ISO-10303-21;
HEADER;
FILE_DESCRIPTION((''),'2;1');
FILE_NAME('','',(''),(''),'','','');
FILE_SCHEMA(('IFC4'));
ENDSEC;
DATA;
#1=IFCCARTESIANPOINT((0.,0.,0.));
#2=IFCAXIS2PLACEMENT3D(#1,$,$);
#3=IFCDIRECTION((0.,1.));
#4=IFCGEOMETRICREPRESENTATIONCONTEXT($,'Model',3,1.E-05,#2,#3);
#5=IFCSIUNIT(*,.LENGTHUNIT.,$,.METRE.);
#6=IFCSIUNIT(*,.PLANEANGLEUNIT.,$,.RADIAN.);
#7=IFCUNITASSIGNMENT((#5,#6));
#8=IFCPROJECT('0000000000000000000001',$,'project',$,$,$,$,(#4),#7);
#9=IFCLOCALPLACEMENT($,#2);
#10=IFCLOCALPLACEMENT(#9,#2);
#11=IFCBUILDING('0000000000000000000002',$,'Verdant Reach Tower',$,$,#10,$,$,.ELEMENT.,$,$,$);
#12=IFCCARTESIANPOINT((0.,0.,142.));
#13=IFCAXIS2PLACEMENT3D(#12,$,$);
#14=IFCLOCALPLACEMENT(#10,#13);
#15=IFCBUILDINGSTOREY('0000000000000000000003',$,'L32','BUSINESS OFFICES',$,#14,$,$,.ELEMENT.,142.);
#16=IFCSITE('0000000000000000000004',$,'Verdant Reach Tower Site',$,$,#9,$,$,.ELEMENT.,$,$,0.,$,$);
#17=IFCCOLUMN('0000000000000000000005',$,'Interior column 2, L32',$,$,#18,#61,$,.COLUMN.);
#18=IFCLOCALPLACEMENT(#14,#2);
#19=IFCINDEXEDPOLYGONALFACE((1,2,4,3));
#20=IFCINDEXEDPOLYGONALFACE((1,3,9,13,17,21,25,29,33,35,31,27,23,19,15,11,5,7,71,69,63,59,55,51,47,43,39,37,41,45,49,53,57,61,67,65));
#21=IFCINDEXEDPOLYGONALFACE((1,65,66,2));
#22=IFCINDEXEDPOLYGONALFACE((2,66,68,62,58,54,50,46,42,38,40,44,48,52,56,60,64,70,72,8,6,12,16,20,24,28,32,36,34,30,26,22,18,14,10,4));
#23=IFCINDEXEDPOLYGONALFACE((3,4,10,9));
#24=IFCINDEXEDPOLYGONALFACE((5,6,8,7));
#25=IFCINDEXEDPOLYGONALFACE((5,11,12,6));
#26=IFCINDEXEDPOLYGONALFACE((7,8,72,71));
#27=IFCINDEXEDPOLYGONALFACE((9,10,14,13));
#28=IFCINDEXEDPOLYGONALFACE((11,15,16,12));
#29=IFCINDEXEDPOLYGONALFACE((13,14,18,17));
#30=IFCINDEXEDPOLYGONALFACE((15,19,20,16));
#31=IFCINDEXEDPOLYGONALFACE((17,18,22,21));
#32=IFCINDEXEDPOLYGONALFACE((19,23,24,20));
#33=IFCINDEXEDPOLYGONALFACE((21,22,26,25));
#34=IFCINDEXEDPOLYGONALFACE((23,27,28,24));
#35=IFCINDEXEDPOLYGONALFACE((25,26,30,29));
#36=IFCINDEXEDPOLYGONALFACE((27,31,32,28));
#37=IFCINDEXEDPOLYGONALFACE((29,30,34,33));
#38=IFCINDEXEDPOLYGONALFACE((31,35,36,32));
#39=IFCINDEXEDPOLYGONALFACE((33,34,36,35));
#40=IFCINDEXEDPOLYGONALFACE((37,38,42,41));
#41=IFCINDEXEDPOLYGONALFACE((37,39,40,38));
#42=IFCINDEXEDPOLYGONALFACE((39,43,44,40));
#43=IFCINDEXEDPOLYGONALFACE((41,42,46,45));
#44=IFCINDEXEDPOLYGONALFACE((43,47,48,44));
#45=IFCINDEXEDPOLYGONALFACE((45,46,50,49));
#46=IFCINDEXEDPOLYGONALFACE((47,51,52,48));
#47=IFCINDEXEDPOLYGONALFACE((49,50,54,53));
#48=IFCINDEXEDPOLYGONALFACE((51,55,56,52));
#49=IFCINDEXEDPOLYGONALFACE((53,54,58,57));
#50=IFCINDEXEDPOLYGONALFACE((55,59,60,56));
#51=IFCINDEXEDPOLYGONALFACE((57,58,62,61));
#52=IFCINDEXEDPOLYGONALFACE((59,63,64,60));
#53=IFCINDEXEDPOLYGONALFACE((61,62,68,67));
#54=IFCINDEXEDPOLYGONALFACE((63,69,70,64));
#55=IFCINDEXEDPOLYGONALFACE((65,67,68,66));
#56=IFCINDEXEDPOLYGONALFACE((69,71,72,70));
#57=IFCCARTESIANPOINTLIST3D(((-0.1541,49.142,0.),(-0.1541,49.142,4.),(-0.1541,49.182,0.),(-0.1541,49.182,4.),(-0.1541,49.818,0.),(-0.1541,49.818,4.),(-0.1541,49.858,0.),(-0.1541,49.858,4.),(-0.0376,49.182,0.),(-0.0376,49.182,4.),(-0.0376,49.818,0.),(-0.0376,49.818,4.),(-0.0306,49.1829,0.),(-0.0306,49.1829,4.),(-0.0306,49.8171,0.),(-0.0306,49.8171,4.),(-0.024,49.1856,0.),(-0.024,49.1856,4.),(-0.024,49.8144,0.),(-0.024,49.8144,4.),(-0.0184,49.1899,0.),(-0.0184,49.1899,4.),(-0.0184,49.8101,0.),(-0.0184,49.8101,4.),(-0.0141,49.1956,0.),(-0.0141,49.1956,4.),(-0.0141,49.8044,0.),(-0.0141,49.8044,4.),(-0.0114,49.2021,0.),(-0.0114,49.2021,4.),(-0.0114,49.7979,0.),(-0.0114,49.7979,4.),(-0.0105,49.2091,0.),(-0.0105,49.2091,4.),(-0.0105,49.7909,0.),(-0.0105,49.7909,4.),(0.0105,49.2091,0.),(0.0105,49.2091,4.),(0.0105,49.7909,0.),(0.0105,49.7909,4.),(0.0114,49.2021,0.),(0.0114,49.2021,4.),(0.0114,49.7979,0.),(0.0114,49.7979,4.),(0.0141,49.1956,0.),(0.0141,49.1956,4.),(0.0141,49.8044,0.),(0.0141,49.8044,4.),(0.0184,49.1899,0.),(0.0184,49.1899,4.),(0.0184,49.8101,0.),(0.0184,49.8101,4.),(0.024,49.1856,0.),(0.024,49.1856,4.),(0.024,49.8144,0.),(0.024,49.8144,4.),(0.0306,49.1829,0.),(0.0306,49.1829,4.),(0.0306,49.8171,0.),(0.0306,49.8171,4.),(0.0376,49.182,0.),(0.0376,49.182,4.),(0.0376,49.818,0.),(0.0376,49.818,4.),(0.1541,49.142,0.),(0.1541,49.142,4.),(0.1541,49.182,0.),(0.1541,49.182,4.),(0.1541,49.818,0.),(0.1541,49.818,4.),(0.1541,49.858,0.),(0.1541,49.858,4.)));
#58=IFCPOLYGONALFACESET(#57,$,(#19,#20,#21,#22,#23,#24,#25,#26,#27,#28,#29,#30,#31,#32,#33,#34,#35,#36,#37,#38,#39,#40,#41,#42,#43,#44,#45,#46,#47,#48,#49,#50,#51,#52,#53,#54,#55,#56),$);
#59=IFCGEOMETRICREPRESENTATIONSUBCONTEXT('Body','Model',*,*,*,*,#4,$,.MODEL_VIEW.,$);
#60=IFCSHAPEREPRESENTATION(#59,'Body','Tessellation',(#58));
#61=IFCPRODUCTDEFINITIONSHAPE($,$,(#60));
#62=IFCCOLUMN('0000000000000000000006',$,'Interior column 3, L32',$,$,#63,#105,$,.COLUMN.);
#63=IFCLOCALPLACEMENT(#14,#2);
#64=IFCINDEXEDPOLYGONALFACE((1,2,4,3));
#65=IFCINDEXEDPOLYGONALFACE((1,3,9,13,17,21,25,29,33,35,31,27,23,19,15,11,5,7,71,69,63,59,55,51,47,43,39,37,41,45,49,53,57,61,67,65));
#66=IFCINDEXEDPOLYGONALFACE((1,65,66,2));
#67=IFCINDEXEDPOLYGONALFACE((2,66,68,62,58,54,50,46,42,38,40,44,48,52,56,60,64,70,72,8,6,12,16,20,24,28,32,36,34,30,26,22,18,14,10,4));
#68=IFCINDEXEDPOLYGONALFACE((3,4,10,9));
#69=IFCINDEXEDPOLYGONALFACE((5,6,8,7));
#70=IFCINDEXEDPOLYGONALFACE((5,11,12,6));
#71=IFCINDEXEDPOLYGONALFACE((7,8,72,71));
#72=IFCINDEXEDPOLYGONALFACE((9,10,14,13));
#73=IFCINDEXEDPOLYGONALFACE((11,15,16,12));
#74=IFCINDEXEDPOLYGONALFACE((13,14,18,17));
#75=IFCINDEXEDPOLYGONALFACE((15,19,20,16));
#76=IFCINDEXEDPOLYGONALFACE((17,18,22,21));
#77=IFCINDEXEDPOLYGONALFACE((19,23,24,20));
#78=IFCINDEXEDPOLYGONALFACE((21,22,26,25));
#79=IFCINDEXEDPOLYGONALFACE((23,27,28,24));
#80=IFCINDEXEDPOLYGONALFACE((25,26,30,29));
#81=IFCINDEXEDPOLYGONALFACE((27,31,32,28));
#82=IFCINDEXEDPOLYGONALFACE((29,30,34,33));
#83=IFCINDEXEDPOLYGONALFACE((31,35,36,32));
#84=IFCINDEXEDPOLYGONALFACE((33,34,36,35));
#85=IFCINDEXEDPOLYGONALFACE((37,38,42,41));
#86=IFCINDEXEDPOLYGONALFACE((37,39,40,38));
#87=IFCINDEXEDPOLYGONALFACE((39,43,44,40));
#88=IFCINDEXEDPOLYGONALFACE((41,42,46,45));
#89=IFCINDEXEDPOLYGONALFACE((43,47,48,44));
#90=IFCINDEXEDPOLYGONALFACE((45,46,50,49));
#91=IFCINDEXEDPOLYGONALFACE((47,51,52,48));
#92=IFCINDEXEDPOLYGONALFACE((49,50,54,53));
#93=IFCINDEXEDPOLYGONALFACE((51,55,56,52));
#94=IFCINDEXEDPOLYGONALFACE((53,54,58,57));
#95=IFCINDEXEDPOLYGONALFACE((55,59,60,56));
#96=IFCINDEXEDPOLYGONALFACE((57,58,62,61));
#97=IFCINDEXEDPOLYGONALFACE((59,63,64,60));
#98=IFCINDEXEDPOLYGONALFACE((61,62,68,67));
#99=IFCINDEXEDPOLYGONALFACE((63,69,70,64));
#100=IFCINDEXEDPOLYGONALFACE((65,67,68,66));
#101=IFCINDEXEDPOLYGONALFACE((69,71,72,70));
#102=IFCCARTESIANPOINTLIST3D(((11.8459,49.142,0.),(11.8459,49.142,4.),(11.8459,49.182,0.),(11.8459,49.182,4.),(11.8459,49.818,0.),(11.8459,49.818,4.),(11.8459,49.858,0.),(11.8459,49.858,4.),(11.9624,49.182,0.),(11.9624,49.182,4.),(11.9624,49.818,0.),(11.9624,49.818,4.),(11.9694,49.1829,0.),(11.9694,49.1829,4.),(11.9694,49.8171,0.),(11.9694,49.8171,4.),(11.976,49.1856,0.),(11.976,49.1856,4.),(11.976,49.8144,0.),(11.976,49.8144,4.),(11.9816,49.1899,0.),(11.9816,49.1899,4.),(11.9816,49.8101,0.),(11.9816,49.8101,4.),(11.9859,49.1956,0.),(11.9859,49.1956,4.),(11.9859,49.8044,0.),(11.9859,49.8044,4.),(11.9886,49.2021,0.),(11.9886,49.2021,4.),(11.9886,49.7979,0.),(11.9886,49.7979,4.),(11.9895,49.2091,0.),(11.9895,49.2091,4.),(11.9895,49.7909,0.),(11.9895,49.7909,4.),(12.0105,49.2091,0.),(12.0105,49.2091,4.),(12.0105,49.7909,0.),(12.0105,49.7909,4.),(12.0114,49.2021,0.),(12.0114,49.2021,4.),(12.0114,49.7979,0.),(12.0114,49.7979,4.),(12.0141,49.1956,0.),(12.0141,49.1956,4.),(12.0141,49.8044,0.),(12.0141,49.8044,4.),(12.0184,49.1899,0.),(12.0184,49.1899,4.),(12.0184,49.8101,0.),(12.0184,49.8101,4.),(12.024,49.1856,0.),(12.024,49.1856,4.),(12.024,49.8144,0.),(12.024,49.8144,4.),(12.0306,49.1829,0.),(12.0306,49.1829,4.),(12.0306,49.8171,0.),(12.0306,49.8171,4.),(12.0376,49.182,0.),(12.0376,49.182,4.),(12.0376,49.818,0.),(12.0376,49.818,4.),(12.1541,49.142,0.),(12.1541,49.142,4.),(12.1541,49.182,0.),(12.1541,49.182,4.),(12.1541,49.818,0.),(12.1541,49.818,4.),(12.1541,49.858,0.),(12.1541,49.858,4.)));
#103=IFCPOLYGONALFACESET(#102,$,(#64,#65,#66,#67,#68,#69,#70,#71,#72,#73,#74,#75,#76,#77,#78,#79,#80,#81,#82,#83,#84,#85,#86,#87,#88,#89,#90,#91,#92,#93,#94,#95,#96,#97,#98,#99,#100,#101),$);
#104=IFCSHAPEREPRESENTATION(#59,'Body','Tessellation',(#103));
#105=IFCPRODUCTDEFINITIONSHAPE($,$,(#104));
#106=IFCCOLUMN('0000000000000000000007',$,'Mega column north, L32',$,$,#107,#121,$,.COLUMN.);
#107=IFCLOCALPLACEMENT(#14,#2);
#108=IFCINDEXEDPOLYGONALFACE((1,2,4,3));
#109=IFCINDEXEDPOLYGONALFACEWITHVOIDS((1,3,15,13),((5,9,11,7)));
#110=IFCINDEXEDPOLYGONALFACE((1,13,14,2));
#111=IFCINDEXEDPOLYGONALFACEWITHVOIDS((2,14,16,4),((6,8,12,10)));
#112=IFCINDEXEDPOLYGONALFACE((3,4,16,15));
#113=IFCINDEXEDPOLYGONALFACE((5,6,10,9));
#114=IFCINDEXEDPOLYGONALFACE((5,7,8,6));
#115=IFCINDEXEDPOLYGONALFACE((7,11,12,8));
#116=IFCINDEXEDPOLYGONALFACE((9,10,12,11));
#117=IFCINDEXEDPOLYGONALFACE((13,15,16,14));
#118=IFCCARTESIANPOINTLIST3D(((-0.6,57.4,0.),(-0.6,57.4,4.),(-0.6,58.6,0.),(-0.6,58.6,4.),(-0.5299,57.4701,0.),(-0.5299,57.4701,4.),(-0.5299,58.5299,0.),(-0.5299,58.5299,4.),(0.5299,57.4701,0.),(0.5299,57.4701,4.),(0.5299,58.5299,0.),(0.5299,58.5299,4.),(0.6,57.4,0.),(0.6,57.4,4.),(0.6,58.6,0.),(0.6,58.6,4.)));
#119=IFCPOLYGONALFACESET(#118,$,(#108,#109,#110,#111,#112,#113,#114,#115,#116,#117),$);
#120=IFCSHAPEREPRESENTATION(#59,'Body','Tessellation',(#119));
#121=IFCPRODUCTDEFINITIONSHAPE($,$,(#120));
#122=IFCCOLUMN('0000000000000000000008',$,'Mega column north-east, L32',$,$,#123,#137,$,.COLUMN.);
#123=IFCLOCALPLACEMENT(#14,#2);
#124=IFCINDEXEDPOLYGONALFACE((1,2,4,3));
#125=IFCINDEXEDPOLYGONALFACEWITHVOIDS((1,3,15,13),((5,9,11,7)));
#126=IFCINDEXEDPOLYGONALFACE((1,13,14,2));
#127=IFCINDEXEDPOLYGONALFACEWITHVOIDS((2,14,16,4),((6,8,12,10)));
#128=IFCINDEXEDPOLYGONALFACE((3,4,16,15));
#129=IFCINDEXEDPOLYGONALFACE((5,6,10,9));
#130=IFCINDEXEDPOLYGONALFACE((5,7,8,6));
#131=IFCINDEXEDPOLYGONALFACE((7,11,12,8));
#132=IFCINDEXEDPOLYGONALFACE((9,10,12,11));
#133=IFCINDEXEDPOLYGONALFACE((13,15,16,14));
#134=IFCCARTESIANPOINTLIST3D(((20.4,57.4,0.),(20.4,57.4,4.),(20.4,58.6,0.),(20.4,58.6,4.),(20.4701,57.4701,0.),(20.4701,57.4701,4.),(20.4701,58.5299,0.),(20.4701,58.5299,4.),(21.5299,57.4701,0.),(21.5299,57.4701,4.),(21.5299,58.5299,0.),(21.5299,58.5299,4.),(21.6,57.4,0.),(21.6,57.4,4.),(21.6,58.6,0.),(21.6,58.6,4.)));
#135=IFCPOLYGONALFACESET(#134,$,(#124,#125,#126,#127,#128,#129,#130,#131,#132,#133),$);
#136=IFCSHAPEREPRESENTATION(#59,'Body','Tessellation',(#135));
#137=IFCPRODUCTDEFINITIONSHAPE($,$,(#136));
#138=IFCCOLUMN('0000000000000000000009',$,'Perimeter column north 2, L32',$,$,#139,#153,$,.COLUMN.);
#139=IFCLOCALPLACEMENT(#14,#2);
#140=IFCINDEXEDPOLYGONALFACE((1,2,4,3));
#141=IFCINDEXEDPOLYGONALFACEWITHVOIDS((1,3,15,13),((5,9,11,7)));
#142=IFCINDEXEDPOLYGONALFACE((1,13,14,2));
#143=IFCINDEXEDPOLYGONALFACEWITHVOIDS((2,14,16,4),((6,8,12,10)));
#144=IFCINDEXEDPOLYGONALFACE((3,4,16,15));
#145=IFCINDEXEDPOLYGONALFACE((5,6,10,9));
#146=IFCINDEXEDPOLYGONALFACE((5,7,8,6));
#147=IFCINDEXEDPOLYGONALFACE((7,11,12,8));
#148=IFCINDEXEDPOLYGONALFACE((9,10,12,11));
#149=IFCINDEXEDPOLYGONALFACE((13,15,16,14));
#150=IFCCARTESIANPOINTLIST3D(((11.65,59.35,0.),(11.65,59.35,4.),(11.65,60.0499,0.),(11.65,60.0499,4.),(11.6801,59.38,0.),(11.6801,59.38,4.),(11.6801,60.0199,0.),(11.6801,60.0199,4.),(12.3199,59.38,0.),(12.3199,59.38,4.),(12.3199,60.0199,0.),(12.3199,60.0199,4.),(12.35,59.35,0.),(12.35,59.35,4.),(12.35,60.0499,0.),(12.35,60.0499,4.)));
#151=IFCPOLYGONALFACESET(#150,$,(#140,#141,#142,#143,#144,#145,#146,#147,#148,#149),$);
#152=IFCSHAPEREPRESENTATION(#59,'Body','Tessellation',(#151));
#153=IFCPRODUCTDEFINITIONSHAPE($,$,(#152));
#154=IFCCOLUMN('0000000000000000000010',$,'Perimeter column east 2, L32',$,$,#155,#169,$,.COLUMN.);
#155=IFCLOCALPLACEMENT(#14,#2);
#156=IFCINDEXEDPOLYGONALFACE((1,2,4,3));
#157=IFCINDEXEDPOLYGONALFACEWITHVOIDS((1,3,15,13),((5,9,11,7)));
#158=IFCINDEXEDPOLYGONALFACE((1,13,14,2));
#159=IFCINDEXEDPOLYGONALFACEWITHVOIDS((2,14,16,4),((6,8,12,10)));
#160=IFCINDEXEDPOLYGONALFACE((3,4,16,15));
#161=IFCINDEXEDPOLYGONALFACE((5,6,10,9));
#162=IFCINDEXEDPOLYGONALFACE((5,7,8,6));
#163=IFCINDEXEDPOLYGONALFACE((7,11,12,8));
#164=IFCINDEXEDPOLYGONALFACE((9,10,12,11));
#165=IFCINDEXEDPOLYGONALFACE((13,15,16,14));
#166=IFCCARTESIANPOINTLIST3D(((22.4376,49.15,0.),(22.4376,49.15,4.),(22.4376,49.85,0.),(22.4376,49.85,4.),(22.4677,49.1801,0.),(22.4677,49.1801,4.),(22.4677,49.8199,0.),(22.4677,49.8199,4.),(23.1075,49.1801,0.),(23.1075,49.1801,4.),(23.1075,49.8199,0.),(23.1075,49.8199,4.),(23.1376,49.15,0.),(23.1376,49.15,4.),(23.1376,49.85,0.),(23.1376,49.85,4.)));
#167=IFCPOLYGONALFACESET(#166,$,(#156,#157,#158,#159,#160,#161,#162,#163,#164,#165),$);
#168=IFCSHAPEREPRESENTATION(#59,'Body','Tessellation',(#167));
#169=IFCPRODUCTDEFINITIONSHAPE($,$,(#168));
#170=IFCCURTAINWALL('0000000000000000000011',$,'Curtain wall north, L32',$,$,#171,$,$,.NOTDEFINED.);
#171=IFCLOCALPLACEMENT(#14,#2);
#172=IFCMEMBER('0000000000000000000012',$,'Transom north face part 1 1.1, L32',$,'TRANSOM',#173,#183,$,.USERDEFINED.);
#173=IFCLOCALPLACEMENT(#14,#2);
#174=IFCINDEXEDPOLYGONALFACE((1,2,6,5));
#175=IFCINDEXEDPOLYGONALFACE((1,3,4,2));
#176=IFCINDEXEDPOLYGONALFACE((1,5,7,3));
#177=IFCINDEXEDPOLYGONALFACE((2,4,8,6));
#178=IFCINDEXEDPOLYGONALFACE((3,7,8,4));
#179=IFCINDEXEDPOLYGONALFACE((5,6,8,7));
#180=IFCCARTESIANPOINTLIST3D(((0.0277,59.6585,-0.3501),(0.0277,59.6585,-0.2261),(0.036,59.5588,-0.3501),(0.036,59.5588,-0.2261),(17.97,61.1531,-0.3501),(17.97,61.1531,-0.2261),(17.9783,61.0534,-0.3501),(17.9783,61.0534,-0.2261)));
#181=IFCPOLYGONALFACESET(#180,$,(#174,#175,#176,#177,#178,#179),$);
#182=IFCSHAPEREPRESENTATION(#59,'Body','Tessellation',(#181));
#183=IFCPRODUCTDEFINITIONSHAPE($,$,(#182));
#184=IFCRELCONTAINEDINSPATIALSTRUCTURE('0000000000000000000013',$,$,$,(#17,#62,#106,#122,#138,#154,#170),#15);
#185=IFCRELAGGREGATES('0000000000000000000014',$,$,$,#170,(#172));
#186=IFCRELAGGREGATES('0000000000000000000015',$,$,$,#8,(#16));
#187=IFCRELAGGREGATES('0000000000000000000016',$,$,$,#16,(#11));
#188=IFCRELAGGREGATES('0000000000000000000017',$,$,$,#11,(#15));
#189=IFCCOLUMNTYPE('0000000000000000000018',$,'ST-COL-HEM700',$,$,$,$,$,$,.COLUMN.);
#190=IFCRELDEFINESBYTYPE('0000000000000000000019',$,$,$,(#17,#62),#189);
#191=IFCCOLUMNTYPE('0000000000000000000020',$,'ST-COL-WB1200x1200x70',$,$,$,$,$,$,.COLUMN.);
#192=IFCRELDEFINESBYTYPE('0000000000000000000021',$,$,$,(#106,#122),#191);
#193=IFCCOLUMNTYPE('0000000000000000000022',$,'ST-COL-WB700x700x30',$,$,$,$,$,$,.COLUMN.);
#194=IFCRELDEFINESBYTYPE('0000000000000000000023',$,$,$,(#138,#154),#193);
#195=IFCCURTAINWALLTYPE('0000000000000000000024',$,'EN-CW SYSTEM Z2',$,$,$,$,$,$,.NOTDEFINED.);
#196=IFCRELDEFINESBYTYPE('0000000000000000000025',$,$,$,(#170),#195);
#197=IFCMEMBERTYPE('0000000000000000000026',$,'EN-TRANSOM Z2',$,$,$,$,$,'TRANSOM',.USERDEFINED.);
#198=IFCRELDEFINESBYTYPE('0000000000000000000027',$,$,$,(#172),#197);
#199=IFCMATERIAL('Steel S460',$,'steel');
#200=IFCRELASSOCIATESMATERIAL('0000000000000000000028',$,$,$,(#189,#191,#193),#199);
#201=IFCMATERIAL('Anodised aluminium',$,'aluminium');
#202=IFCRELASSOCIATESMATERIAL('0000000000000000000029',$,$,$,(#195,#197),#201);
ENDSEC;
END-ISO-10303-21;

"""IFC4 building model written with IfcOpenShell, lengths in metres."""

from ifc_helpers import new_model, si_unit, direction, frame, origin, origin_2d, place, context, subcontext, project, spatial, rectangle, hollow_rectangle, i_section, extrude, material, material_profile, profile_set, type_object, element, aggregate, save


model = new_model("IFC4")

# Units and contexts
model_context = context("Model", 3, precision=1e-05, world=origin(), true_north=direction((0.0, 1.0)))
body_context = subcontext(model_context, "Body", "Model", "MODEL_VIEW")
ifc_project = project(units=[si_unit("LENGTHUNIT", "METRE"), si_unit("PLANEANGLEUNIT", "RADIAN")], contexts=[model_context])

# Site, building, storey
site_placement = place(None, origin())
site = spatial("IfcSite", under=ifc_project, at=site_placement, Name="Verdant Reach Tower Site", CompositionType="ELEMENT", RefElevation=0.0)
building_placement = place(site_placement, origin())
building = spatial("IfcBuilding", under=site, at=building_placement, Name="Verdant Reach Tower", CompositionType="ELEMENT")
storey_placement = place(building_placement, frame((0.0, 0.0, 142.0)))
storey = spatial("IfcBuildingStorey", under=building, at=storey_placement, Name="L32", Description="BUSINESS OFFICES", CompositionType="ELEMENT", Elevation=142.0)

# Columns
ifc_material_1 = material(Name="Steel S460", Category="steel")
ifc_material_profile_1 = material_profile(ifc_material_1, i_section(OverallWidth=0.3081, OverallDepth=0.7161, WebThickness=0.021, FlangeThickness=0.04, FilletRadius=0.0271, at=origin_2d()), Name="HEM 700")
ifc_profile_set_1 = profile_set([ifc_material_profile_1], Name="Steel S460")
column_type_1 = type_object("IfcColumnType", Name="ST-COL-HEM700", PredefinedType="COLUMN", material=ifc_profile_set_1)
for number, where, z_axis, x_axis, name in (
    (1, (0.0, 49.5, 0.0), (0.0, 0.0, 1.0), (1.0, 0.0, 0.0), "Interior column 2, L32"),
    (2, (12.0, 49.5, 0.0), (0.0, 0.0, 1.0), (1.0, 0.0, 0.0), "Interior column 3, L32"),
):
    element("IfcColumn", number, at=place(storey_placement, frame(where, z_axis=z_axis, x_axis=x_axis)), inside=storey, type_object=column_type_1, Name=name, PredefinedType="COLUMN", context=body_context, shape_type="SweptSolid", body=[
        extrude(i_section(OverallWidth=0.3081, OverallDepth=0.7161, WebThickness=0.021, FlangeThickness=0.04, FilletRadius=0.0271, at=origin_2d()), origin(), (0.0, 0.0, 1.0), 4.0),
    ])
ifc_material_profile_2 = material_profile(ifc_material_1, hollow_rectangle(XDim=1.2, YDim=1.2, WallThickness=0.0701, at=origin_2d()), Name="WB 1200x1200x70")
ifc_profile_set_2 = profile_set([ifc_material_profile_2], Name="Steel S460")
column_type_2 = type_object("IfcColumnType", Name="ST-COL-WB1200x1200x70", PredefinedType="COLUMN", material=ifc_profile_set_2)
for number, where, z_axis, x_axis, name in (
    (3, (0.0, 58.0, 0.0), (0.0, 0.0, 1.0), (1.0, 0.0, 0.0), "Mega column north, L32"),
    (4, (21.0, 58.0, 0.0), (0.0, 0.0, 1.0), (1.0, 0.0, 0.0), "Mega column north-east, L32"),
):
    element("IfcColumn", number, at=place(storey_placement, frame(where, z_axis=z_axis, x_axis=x_axis)), inside=storey, type_object=column_type_2, Name=name, PredefinedType="COLUMN", context=body_context, shape_type="SweptSolid", body=[
        extrude(hollow_rectangle(XDim=1.2, YDim=1.2, WallThickness=0.0701, at=origin_2d()), origin(), (0.0, 0.0, 1.0), 4.0),
    ])
ifc_material_profile_3 = material_profile(ifc_material_1, hollow_rectangle(XDim=0.7, YDim=0.7, WallThickness=0.03, at=origin_2d()), Name="WB 700x700x30")
ifc_profile_set_3 = profile_set([ifc_material_profile_3], Name="Steel S460")
column_type_3 = type_object("IfcColumnType", Name="ST-COL-WB700x700x30", PredefinedType="COLUMN", material=ifc_profile_set_3)
for number, where, z_axis, x_axis, name in (
    (5, (12.0, 59.7, 0.0), (0.0, 0.0, 1.0), (1.0, 0.0, 0.0), "Perimeter column north 2, L32"),
    (6, (22.7876, 49.5, 0.0), (0.0, 0.0, 1.0), (1.0, 0.0, 0.0), "Perimeter column east 2, L32"),
):
    element("IfcColumn", number, at=place(storey_placement, frame(where, z_axis=z_axis, x_axis=x_axis)), inside=storey, type_object=column_type_3, Name=name, PredefinedType="COLUMN", context=body_context, shape_type="SweptSolid", body=[
        extrude(hollow_rectangle(XDim=0.7, YDim=0.7, WallThickness=0.03, at=origin_2d()), origin(), (0.0, 0.0, 1.0), 4.0),
    ])

# Curtain wall, member
ifc_material_2 = material(Name="Anodised aluminium", Category="aluminium")
curtain_wall_type = type_object("IfcCurtainWallType", Name="EN-CW SYSTEM Z2", PredefinedType="NOTDEFINED", material=ifc_material_2)
curtain_wall_1_placement = place(storey_placement, origin())
curtain_wall_1 = element("IfcCurtainWall", 7, at=curtain_wall_1_placement, inside=storey, type_object=curtain_wall_type, Name="Curtain wall north, L32", PredefinedType="NOTDEFINED")
ifc_material_profile_4 = material_profile(ifc_material_2, rectangle(XDim=0.1001, YDim=0.124, at=origin_2d()), Name="Transom 124x100")
ifc_profile_set_4 = profile_set([ifc_material_profile_4], Name="Anodised aluminium")
member_type = type_object("IfcMemberType", Name="EN-TRANSOM Z2", ElementType="TRANSOM", PredefinedType="USERDEFINED", material=ifc_profile_set_4)
member_placement = place(storey_placement, frame((17.9741, 61.1033, -0.2881), z_axis=(-0.996548, -0.083015, 0.0), x_axis=(0.083015, -0.996548, 0.0)))
member = element("IfcMember", 8, at=member_placement, type_object=member_type, Name="Transom north face part 1 1.1, L32", ObjectType="TRANSOM", PredefinedType="USERDEFINED", context=body_context, shape_type="SweptSolid", body=[
    extrude(rectangle(XDim=0.1001, YDim=0.124, at=origin_2d()), origin(), (0.0, 0.0, 1.0), 18.0044),
])

aggregate(curtain_wall_1, [member])

save(model, "model.ifc")
